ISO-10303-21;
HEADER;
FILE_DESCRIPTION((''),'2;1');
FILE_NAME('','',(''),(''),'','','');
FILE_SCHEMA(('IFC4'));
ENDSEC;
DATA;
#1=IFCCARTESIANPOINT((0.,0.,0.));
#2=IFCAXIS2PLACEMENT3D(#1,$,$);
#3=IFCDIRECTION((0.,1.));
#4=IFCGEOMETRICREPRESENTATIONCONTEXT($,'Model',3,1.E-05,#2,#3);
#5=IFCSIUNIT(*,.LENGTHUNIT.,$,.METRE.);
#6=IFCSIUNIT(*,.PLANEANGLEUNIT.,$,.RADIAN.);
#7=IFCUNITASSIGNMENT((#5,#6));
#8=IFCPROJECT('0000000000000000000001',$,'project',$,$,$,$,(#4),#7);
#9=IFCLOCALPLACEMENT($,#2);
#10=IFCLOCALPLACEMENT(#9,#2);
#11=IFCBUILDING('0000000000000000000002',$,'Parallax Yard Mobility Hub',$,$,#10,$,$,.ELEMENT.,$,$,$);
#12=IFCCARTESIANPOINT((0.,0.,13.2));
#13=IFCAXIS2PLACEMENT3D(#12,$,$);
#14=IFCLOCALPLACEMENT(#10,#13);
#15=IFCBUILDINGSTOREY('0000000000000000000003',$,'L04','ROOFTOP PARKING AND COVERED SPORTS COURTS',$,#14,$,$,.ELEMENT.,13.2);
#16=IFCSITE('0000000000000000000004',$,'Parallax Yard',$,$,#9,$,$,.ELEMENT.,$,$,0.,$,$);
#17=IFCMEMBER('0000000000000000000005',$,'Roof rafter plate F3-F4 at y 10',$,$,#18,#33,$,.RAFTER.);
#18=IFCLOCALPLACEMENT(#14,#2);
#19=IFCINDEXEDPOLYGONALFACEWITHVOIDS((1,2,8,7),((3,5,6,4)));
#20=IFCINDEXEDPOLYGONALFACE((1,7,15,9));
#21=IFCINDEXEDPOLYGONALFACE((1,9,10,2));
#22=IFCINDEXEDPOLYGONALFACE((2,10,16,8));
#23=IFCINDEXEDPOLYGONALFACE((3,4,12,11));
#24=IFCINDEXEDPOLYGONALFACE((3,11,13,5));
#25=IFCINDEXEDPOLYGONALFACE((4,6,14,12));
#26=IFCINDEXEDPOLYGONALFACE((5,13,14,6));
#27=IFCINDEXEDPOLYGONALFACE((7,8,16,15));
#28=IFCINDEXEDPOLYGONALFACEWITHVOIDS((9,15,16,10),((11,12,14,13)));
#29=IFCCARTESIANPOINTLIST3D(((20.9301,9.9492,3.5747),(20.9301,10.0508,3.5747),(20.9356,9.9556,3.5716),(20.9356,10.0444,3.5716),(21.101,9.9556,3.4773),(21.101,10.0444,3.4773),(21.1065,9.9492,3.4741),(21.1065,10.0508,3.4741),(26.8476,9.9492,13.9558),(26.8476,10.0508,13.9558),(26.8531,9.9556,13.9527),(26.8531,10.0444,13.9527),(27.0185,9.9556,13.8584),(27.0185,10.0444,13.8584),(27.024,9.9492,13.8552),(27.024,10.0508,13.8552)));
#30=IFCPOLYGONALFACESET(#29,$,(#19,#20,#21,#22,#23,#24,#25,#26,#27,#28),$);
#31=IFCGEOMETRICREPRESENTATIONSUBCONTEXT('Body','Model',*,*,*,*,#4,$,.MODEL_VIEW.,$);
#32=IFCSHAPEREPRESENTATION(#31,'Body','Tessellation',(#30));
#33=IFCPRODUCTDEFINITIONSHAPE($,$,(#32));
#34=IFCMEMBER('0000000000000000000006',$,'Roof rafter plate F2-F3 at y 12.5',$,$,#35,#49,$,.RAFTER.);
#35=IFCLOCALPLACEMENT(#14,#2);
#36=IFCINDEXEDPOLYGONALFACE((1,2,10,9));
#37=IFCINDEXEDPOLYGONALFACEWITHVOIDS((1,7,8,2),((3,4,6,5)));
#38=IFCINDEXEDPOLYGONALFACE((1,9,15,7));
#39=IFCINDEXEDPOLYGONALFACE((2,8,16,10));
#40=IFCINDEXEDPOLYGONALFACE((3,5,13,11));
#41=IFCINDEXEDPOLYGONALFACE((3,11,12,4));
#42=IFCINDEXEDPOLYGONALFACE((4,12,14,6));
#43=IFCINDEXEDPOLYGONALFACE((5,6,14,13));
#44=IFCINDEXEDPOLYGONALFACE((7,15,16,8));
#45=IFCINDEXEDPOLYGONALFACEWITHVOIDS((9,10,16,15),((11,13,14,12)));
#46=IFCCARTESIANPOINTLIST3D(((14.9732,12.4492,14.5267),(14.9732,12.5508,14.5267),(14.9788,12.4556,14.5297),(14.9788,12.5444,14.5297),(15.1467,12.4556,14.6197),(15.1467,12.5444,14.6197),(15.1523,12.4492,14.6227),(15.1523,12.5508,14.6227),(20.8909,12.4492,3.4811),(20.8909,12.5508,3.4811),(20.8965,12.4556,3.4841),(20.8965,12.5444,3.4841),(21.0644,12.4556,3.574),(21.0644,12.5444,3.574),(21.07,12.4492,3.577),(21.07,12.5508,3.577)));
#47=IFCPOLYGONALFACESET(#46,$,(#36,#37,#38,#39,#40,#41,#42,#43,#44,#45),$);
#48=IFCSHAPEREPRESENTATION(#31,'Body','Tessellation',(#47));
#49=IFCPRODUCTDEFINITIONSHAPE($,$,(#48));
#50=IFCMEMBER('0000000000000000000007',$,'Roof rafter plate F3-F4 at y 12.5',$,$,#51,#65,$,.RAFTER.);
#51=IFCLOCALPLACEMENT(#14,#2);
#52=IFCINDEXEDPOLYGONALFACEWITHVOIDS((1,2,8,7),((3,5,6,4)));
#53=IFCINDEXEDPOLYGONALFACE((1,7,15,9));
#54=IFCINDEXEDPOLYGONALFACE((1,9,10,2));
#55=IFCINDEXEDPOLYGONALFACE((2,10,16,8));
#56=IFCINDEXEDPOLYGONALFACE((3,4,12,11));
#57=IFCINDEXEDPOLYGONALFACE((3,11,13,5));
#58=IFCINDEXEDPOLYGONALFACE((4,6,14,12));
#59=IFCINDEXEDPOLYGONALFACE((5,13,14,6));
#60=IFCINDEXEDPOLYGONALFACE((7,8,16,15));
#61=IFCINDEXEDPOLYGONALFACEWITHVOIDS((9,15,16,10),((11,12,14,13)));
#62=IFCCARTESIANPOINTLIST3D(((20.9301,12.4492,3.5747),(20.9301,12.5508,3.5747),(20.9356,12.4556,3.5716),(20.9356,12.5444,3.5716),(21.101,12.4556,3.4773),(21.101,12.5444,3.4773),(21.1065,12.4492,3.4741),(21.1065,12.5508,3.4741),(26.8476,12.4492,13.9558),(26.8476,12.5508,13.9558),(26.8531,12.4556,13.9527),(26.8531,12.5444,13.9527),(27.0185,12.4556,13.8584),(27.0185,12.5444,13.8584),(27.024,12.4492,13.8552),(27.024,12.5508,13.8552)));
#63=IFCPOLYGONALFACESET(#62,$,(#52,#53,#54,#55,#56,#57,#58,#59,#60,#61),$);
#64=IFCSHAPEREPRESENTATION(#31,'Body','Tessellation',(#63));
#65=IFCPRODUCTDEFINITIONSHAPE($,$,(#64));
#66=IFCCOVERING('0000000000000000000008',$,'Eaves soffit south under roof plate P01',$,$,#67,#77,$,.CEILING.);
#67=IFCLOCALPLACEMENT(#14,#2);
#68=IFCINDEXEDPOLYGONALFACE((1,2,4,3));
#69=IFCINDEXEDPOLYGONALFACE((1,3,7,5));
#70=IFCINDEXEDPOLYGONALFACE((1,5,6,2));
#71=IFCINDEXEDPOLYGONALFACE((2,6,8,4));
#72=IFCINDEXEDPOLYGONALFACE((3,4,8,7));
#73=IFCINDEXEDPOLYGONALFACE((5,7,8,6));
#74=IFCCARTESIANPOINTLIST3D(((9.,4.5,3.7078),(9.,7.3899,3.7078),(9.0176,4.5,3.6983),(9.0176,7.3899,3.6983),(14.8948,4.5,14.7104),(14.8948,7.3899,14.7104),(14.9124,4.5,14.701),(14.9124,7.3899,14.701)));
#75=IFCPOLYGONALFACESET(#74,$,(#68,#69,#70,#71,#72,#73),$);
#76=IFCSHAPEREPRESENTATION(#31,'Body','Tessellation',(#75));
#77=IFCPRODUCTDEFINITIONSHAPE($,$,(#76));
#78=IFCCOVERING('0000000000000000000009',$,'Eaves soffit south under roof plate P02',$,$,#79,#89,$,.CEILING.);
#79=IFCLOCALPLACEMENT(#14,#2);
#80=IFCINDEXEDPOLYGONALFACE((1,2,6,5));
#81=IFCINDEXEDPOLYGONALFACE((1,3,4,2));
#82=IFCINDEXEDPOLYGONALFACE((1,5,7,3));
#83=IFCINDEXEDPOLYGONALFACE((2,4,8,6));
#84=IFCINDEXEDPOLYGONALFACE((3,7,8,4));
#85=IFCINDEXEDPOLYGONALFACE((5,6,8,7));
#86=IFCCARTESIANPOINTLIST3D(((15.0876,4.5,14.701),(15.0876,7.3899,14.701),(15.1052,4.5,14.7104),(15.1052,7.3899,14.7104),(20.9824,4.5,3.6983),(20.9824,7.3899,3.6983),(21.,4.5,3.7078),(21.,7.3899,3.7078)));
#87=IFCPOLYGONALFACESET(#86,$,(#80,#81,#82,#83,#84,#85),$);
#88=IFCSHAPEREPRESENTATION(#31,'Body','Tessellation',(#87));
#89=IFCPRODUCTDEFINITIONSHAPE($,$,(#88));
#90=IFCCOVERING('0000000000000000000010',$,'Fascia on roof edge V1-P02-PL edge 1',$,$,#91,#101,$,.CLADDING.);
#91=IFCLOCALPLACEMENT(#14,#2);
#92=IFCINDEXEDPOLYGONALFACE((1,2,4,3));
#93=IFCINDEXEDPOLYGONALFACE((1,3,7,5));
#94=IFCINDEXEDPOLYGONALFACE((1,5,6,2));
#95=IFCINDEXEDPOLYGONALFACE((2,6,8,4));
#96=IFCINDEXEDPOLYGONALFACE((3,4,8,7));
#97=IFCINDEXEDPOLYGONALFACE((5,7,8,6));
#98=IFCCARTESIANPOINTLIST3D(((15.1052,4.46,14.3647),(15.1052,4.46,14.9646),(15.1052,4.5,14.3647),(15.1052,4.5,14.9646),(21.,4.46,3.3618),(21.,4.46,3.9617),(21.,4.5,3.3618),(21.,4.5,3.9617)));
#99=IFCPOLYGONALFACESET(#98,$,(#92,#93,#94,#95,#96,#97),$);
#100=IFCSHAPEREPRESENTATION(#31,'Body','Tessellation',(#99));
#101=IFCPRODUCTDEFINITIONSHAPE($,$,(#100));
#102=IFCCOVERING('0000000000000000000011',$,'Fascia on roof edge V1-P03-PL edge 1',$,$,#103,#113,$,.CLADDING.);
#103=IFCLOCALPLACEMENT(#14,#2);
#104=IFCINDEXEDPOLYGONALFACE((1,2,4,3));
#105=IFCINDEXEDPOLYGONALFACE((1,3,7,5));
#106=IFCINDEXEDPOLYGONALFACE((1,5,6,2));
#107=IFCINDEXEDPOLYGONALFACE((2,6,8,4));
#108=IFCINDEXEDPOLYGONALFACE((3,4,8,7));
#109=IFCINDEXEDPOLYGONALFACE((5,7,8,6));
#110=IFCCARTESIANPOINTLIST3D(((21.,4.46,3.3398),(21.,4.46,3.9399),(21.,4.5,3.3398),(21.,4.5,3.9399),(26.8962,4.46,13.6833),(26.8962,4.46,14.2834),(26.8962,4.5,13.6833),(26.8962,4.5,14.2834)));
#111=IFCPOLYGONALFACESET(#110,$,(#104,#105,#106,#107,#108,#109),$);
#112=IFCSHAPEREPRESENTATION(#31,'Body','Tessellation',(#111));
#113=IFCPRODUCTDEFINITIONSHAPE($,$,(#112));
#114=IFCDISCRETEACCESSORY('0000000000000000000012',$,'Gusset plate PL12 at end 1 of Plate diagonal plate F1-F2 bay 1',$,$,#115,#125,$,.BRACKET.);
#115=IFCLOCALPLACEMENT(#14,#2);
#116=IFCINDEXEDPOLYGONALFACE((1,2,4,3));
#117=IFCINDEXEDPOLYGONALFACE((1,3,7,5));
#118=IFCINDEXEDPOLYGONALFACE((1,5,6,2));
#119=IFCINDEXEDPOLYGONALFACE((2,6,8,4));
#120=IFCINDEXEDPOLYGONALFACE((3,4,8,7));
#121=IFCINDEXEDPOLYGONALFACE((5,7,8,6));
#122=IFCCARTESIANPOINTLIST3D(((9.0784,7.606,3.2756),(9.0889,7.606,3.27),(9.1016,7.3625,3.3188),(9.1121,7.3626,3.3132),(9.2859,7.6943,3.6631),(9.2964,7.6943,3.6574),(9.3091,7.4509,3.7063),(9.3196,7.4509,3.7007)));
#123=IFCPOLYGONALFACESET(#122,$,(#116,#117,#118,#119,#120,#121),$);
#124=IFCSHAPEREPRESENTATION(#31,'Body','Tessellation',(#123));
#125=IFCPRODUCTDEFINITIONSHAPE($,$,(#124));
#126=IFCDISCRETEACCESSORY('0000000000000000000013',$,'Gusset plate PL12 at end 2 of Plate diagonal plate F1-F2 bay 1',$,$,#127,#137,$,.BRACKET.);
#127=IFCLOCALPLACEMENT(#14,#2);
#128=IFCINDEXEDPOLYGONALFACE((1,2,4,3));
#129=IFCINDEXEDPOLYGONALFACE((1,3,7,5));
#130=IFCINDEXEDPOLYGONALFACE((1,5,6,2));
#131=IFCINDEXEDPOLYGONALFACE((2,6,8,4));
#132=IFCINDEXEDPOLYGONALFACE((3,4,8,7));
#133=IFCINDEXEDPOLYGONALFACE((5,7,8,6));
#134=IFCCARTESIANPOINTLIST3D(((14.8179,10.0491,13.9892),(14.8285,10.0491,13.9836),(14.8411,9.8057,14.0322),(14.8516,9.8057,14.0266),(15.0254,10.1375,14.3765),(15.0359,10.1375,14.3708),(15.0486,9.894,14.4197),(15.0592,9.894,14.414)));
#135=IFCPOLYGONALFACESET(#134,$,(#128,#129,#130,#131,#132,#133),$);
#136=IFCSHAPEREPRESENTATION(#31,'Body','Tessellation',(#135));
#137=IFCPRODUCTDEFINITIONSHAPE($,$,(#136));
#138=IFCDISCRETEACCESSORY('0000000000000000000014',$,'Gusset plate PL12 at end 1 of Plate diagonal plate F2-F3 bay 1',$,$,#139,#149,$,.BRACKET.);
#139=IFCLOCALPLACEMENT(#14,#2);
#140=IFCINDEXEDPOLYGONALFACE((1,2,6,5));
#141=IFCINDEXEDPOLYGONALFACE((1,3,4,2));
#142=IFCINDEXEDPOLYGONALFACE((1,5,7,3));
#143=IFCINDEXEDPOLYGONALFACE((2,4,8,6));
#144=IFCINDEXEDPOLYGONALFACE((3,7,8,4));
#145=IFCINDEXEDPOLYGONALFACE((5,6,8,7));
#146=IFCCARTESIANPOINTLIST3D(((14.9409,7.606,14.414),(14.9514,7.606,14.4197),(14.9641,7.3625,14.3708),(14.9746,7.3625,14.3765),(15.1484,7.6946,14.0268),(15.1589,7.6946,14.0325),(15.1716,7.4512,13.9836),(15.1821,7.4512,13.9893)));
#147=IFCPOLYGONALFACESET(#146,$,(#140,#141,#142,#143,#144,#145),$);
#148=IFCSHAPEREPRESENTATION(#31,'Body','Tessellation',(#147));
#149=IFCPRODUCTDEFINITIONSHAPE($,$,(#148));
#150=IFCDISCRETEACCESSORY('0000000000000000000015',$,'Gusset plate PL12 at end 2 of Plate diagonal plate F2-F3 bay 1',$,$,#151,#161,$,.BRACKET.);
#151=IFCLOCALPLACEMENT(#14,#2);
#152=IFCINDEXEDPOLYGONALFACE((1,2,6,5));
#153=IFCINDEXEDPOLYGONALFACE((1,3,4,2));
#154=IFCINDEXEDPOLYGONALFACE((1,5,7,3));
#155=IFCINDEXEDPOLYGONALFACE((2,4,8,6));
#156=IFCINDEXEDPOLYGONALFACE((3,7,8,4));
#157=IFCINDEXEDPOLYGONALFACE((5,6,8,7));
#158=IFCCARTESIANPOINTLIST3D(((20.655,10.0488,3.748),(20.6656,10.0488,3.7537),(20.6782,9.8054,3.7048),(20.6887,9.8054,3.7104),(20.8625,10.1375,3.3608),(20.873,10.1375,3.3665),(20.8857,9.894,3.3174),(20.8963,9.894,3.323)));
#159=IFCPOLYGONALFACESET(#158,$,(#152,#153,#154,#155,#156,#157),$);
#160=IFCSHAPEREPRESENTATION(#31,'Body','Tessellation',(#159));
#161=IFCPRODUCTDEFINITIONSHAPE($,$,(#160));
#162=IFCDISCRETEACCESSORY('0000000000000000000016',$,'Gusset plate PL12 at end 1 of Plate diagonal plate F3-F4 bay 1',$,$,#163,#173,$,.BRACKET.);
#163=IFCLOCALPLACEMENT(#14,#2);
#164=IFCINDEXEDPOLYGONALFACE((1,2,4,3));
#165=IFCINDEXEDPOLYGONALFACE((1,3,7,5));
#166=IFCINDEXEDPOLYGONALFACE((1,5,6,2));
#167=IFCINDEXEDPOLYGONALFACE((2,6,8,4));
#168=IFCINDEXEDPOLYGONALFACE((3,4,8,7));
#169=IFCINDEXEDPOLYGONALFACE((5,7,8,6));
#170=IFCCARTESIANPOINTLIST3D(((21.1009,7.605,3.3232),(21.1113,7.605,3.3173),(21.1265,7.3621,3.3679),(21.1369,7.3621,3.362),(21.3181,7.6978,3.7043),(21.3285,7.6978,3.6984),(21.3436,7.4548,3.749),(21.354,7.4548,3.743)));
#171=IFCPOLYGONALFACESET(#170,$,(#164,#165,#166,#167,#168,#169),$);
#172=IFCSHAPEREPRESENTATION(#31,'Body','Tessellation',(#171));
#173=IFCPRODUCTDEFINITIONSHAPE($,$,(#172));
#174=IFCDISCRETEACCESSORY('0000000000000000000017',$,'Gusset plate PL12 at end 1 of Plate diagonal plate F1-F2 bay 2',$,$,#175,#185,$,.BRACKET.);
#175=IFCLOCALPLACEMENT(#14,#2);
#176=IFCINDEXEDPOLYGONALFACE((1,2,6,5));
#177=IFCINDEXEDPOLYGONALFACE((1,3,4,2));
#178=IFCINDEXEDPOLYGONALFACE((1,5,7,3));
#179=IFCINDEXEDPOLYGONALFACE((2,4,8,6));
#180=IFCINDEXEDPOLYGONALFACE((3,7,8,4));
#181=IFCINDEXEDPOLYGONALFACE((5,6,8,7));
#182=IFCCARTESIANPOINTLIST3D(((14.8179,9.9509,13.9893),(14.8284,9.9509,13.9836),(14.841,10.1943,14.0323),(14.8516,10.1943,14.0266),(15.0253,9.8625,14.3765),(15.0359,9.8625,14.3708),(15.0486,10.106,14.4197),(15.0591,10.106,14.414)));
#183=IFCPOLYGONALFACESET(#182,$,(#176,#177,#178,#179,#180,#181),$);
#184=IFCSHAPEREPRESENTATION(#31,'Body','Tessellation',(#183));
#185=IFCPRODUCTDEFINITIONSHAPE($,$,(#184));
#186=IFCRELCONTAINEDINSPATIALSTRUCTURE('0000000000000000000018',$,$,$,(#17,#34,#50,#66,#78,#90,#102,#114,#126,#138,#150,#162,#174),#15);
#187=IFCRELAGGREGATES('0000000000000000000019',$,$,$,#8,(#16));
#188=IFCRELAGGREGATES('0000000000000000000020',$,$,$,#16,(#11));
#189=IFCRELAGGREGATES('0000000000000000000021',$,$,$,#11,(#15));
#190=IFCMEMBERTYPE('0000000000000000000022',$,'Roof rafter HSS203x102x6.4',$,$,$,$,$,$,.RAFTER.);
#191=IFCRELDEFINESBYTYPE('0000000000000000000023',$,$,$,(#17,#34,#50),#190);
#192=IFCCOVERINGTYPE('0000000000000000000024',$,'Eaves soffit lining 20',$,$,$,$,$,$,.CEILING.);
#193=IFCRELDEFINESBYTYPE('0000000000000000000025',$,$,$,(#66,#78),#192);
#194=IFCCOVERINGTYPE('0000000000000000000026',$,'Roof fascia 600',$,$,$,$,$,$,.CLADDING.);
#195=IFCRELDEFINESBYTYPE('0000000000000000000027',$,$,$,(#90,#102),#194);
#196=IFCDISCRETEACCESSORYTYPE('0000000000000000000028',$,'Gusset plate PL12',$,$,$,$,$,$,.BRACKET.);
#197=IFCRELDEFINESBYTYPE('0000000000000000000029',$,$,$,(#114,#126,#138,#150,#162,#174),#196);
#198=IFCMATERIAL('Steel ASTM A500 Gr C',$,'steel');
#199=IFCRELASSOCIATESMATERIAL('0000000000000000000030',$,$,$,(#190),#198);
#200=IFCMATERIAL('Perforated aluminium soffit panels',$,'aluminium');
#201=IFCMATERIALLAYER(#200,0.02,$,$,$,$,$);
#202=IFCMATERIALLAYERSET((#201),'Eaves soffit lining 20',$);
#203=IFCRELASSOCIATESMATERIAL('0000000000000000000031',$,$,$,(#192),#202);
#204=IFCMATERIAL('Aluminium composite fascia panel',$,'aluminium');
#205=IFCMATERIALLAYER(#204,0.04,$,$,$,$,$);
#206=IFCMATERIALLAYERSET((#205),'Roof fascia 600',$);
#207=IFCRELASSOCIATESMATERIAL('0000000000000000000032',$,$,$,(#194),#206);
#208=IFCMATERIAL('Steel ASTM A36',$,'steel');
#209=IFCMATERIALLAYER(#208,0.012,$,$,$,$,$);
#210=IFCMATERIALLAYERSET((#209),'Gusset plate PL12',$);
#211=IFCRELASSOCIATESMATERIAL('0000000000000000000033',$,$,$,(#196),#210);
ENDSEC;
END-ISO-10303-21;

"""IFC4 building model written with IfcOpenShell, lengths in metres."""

from ifc_helpers import new_model, si_unit, direction, frame, origin, origin_2d, place, context, subcontext, project, spatial, polyline, hollow_rectangle, outline, extrude, material, layer, layer_set, material_profile, profile_set, type_object, element, save


model = new_model("IFC4")

# Units and contexts
model_context = context("Model", 3, precision=1e-05, world=origin(), true_north=direction((0.0, 1.0)))
body_context = subcontext(model_context, "Body", "Model", "MODEL_VIEW")
ifc_project = project(units=[si_unit("LENGTHUNIT", "METRE"), si_unit("PLANEANGLEUNIT", "RADIAN")], contexts=[model_context])

# Site, building, storey
site_placement = place(None, origin())
site = spatial("IfcSite", under=ifc_project, at=site_placement, Name="Parallax Yard", CompositionType="ELEMENT", RefElevation=0.0)
building_placement = place(site_placement, origin())
building = spatial("IfcBuilding", under=site, at=building_placement, Name="Parallax Yard Mobility Hub", CompositionType="ELEMENT")
storey_placement = place(building_placement, frame((0.0, 0.0, 13.2)))
storey = spatial("IfcBuildingStorey", under=building, at=storey_placement, Name="L04", Description="ROOFTOP PARKING AND COVERED SPORTS COURTS", CompositionType="ELEMENT", Elevation=13.2)

# Shared definitions
ifc_material_1 = material(Name="Steel ASTM A500 Gr C", Category="steel")

# Members
ifc_material_profile_1 = material_profile(ifc_material_1, hollow_rectangle(XDim=0.1016, YDim=0.2031, WallThickness=0.0063, at=origin_2d()), Name="HSS203x102x6.4")
ifc_profile_set_1 = profile_set([ifc_material_profile_1], Name="Steel ASTM A500 Gr C")
member_type_1 = type_object("IfcMemberType", Name="Roof rafter HSS203x102x6.4", PredefinedType="RAFTER", material=ifc_profile_set_1)
member_1_placement = place(storey_placement, frame((21.0183, 10.0, 3.5244), z_axis=(0.495219, 0.0, 0.868768), x_axis=(0.0, 1.0, 0.0)))
element("IfcMember", 1, at=member_1_placement, inside=storey, type_object=member_type_1, Name="Roof rafter plate F3-F4 at y 10", PredefinedType="RAFTER", context=body_context, shape_type="SweptSolid", body=[
    extrude(hollow_rectangle(XDim=0.1016, YDim=0.2031, WallThickness=0.0063, at=origin_2d()), origin(), (0.0, 0.0, 1.0), 11.9492),
])
member_2_placement = place(storey_placement, frame((15.0627, 12.5, 14.5747), z_axis=(0.472247, 0.0, -0.881466), x_axis=(0.0, 1.0, 0.0)))
element("IfcMember", 2, at=member_2_placement, inside=storey, type_object=member_type_1, Name="Roof rafter plate F2-F3 at y 12.5", PredefinedType="RAFTER", context=body_context, shape_type="SweptSolid", body=[
    extrude(hollow_rectangle(XDim=0.1016, YDim=0.2031, WallThickness=0.0063, at=origin_2d()), origin(), (0.0, 0.0, 1.0), 12.531),
])
member_3_placement = place(storey_placement, frame((21.0183, 12.5, 3.5244), z_axis=(0.495219, 0.0, 0.868768), x_axis=(0.0, 1.0, 0.0)))
element("IfcMember", 3, at=member_3_placement, inside=storey, type_object=member_type_1, Name="Roof rafter plate F3-F4 at y 12.5", PredefinedType="RAFTER", context=body_context, shape_type="SweptSolid", body=[
    extrude(hollow_rectangle(XDim=0.1016, YDim=0.2031, WallThickness=0.0063, at=origin_2d()), origin(), (0.0, 0.0, 1.0), 11.9492),
])

# Coverings
ifc_material_2 = material(Name="Perforated aluminium soffit panels", Category="aluminium")
ifc_layer_1 = layer(ifc_material_2, 0.02)
ifc_layer_set_1 = layer_set([ifc_layer_1], Name="Eaves soffit lining 20")
covering_type_1 = type_object("IfcCoveringType", Name="Eaves soffit lining 20", PredefinedType="CEILING", material=ifc_layer_set_1)
for number, where, z_axis, x_axis, name in (
    (4, (14.8948, 4.5, 14.7104), (-0.881464, 0.0, 0.472251), (-0.472251, 0.0, -0.881464), "Eaves soffit south under roof plate P01"),
    (5, (21.0, 4.5, 3.7078), (0.881464, 0.0, 0.472251), (-0.472251, 0.0, 0.881464), "Eaves soffit south under roof plate P02"),
):
    element("IfcCovering", number, at=place(storey_placement, frame(where, z_axis=z_axis, x_axis=x_axis)), inside=storey, type_object=covering_type_1, Name=name, PredefinedType="CEILING", context=body_context, shape_type="SweptSolid", body=[
        extrude(outline(polyline([(0.0, 0.0), (12.4823, 0.0), (12.4823, -2.8899), (0.0, -2.8899), (0.0, 0.0)])), origin(), (0.0, 0.0, -1.0), 0.02),
    ])
ifc_material_3 = material(Name="Aluminium composite fascia panel", Category="aluminium")
ifc_layer_2 = layer(ifc_material_3, 0.04)
ifc_layer_set_2 = layer_set([ifc_layer_2], Name="Roof fascia 600")
covering_type_2 = type_object("IfcCoveringType", Name="Roof fascia 600", PredefinedType="CLADDING", material=ifc_layer_set_2)
covering_1_placement = place(storey_placement, frame((15.1052, 4.5, 14.9646), z_axis=(0.0, 1.0, 0.0), x_axis=(0.472243, 0.0, -0.881468)))
element("IfcCovering", 6, at=covering_1_placement, inside=storey, type_object=covering_type_2, Name="Fascia on roof edge V1-P02-PL edge 1", PredefinedType="CLADDING", context=body_context, shape_type="SweptSolid", body=[
    extrude(outline(polyline([(0.0, 0.0), (12.4825, 0.0), (13.0113, 0.2833), (0.5288, 0.2833), (0.0, 0.0)])), origin(), (0.0, 0.0, -1.0), 0.04),
])
covering_2_placement = place(storey_placement, frame((21.0, 4.5, 3.9399), z_axis=(0.0, 1.0, 0.0), x_axis=(0.495231, 0.0, 0.868761)))
element("IfcCovering", 7, at=covering_2_placement, inside=storey, type_object=covering_type_2, Name="Fascia on roof edge V1-P03-PL edge 1", PredefinedType="CLADDING", context=body_context, shape_type="SweptSolid", body=[
    extrude(outline(polyline([(0.0, 0.0), (11.906, 0.0), (11.3847, 0.2972), (-0.5213, 0.2972), (0.0, 0.0)])), origin(), (0.0, 0.0, -1.0), 0.04),
])

# Discrete accessories
ifc_material_4 = material(Name="Steel ASTM A36", Category="steel")
ifc_layer_3 = layer(ifc_material_4, 0.012)
ifc_layer_set_3 = layer_set([ifc_layer_3], Name="Gusset plate PL12")
discrete_accessory_type = type_object("IfcDiscreteAccessoryType", Name="Gusset plate PL12", PredefinedType="BRACKET", material=ifc_layer_set_3)
discrete_accessory_1_placement = place(storey_placement, frame((9.2859, 7.6943, 3.6631), z_axis=(-0.881505, -0.000169, 0.472174), x_axis=(-0.462879, -0.197132, -0.864223)))
element("IfcDiscreteAccessory", 8, at=discrete_accessory_1_placement, inside=storey, type_object=discrete_accessory_type, Name="Gusset plate PL12 at end 1 of Plate diagonal plate F1-F2 bay 1", PredefinedType="BRACKET", context=body_context, shape_type="SweptSolid", body=[
    extrude(outline(polyline([(0.0, 0.0), (0.4483, 0.0), (0.4482, 0.2483), (-0.0001, 0.2483), (0.0, 0.0)])), origin(), (0.0, 0.0, -1.0), 0.012),
])
discrete_accessory_2_placement = place(storey_placement, frame((14.8411, 9.8057, 14.0322), z_axis=(-0.881424, -0.000371, 0.472326), x_axis=(0.462993, 0.197132, 0.864162)))
element("IfcDiscreteAccessory", 9, at=discrete_accessory_2_placement, inside=storey, type_object=discrete_accessory_type, Name="Gusset plate PL12 at end 2 of Plate diagonal plate F1-F2 bay 1", PredefinedType="BRACKET", context=body_context, shape_type="SweptSolid", body=[
    extrude(outline(polyline([(0.0, 0.0), (0.4483, 0.0), (0.4482, 0.2483), (0.0001, 0.2483), (0.0, 0.0)])), origin(), (0.0, 0.0, -1.0), 0.012),
])
discrete_accessory_3_placement = place(storey_placement, frame((15.1589, 7.6946, 14.0325), z_axis=(0.881386, 0.000118, 0.472397), x_axis=(-0.463048, -0.197749, 0.863992)))
element("IfcDiscreteAccessory", 10, at=discrete_accessory_3_placement, inside=storey, type_object=discrete_accessory_type, Name="Gusset plate PL12 at end 1 of Plate diagonal plate F2-F3 bay 1", PredefinedType="BRACKET", context=body_context, shape_type="SweptSolid", body=[
    extrude(outline(polyline([(0.0, 0.0), (0.4482, 0.0), (0.4482, 0.2483), (0.0001, 0.2483), (0.0, 0.0)])), origin(), (0.0, 0.0, -1.0), 0.012),
])
discrete_accessory_4_placement = place(storey_placement, frame((20.6887, 9.8054, 3.7104), z_axis=(0.881467, -0.000084, 0.472245), x_axis=(0.462943, 0.197655, -0.864069)))
element("IfcDiscreteAccessory", 11, at=discrete_accessory_4_placement, inside=storey, type_object=discrete_accessory_type, Name="Gusset plate PL12 at end 2 of Plate diagonal plate F2-F3 bay 1", PredefinedType="BRACKET", context=body_context, shape_type="SweptSolid", body=[
    extrude(outline(polyline([(0.0, 0.0), (0.4484, 0.0), (0.4482, 0.2483), (0.0, 0.2483), (0.0, 0.0)])), origin(), (0.0, 0.0, -1.0), 0.012),
])
discrete_accessory_5_placement = place(storey_placement, frame((21.3181, 7.6978, 3.7043), z_axis=(-0.868823, -0.000185, 0.495124), x_axis=(-0.484377, -0.2069, -0.850042)))
element("IfcDiscreteAccessory", 12, at=discrete_accessory_5_placement, inside=storey, type_object=discrete_accessory_type, Name="Gusset plate PL12 at end 1 of Plate diagonal plate F3-F4 bay 1", PredefinedType="BRACKET", context=body_context, shape_type="SweptSolid", body=[
    extrude(outline(polyline([(0.0, 0.0), (0.4484, 0.0), (0.4483, 0.2483), (0.0, 0.2483), (0.0, 0.0)])), origin(), (0.0, 0.0, -1.0), 0.012),
])
discrete_accessory_6_placement = place(storey_placement, frame((14.8179, 9.9509, 13.9893), z_axis=(-0.881424, 0.000371, 0.472326), x_axis=(0.462984, -0.197225, 0.864146)))
element("IfcDiscreteAccessory", 13, at=discrete_accessory_6_placement, inside=storey, type_object=discrete_accessory_type, Name="Gusset plate PL12 at end 1 of Plate diagonal plate F1-F2 bay 2", PredefinedType="BRACKET", context=body_context, shape_type="SweptSolid", body=[
    extrude(outline(polyline([(0.0, 0.0), (0.4481, 0.0), (0.4482, 0.2483), (-0.0001, 0.2483), (0.0, 0.0)])), origin(), (0.0, 0.0, -1.0), 0.012),
])

save(model, "model.ifc")
